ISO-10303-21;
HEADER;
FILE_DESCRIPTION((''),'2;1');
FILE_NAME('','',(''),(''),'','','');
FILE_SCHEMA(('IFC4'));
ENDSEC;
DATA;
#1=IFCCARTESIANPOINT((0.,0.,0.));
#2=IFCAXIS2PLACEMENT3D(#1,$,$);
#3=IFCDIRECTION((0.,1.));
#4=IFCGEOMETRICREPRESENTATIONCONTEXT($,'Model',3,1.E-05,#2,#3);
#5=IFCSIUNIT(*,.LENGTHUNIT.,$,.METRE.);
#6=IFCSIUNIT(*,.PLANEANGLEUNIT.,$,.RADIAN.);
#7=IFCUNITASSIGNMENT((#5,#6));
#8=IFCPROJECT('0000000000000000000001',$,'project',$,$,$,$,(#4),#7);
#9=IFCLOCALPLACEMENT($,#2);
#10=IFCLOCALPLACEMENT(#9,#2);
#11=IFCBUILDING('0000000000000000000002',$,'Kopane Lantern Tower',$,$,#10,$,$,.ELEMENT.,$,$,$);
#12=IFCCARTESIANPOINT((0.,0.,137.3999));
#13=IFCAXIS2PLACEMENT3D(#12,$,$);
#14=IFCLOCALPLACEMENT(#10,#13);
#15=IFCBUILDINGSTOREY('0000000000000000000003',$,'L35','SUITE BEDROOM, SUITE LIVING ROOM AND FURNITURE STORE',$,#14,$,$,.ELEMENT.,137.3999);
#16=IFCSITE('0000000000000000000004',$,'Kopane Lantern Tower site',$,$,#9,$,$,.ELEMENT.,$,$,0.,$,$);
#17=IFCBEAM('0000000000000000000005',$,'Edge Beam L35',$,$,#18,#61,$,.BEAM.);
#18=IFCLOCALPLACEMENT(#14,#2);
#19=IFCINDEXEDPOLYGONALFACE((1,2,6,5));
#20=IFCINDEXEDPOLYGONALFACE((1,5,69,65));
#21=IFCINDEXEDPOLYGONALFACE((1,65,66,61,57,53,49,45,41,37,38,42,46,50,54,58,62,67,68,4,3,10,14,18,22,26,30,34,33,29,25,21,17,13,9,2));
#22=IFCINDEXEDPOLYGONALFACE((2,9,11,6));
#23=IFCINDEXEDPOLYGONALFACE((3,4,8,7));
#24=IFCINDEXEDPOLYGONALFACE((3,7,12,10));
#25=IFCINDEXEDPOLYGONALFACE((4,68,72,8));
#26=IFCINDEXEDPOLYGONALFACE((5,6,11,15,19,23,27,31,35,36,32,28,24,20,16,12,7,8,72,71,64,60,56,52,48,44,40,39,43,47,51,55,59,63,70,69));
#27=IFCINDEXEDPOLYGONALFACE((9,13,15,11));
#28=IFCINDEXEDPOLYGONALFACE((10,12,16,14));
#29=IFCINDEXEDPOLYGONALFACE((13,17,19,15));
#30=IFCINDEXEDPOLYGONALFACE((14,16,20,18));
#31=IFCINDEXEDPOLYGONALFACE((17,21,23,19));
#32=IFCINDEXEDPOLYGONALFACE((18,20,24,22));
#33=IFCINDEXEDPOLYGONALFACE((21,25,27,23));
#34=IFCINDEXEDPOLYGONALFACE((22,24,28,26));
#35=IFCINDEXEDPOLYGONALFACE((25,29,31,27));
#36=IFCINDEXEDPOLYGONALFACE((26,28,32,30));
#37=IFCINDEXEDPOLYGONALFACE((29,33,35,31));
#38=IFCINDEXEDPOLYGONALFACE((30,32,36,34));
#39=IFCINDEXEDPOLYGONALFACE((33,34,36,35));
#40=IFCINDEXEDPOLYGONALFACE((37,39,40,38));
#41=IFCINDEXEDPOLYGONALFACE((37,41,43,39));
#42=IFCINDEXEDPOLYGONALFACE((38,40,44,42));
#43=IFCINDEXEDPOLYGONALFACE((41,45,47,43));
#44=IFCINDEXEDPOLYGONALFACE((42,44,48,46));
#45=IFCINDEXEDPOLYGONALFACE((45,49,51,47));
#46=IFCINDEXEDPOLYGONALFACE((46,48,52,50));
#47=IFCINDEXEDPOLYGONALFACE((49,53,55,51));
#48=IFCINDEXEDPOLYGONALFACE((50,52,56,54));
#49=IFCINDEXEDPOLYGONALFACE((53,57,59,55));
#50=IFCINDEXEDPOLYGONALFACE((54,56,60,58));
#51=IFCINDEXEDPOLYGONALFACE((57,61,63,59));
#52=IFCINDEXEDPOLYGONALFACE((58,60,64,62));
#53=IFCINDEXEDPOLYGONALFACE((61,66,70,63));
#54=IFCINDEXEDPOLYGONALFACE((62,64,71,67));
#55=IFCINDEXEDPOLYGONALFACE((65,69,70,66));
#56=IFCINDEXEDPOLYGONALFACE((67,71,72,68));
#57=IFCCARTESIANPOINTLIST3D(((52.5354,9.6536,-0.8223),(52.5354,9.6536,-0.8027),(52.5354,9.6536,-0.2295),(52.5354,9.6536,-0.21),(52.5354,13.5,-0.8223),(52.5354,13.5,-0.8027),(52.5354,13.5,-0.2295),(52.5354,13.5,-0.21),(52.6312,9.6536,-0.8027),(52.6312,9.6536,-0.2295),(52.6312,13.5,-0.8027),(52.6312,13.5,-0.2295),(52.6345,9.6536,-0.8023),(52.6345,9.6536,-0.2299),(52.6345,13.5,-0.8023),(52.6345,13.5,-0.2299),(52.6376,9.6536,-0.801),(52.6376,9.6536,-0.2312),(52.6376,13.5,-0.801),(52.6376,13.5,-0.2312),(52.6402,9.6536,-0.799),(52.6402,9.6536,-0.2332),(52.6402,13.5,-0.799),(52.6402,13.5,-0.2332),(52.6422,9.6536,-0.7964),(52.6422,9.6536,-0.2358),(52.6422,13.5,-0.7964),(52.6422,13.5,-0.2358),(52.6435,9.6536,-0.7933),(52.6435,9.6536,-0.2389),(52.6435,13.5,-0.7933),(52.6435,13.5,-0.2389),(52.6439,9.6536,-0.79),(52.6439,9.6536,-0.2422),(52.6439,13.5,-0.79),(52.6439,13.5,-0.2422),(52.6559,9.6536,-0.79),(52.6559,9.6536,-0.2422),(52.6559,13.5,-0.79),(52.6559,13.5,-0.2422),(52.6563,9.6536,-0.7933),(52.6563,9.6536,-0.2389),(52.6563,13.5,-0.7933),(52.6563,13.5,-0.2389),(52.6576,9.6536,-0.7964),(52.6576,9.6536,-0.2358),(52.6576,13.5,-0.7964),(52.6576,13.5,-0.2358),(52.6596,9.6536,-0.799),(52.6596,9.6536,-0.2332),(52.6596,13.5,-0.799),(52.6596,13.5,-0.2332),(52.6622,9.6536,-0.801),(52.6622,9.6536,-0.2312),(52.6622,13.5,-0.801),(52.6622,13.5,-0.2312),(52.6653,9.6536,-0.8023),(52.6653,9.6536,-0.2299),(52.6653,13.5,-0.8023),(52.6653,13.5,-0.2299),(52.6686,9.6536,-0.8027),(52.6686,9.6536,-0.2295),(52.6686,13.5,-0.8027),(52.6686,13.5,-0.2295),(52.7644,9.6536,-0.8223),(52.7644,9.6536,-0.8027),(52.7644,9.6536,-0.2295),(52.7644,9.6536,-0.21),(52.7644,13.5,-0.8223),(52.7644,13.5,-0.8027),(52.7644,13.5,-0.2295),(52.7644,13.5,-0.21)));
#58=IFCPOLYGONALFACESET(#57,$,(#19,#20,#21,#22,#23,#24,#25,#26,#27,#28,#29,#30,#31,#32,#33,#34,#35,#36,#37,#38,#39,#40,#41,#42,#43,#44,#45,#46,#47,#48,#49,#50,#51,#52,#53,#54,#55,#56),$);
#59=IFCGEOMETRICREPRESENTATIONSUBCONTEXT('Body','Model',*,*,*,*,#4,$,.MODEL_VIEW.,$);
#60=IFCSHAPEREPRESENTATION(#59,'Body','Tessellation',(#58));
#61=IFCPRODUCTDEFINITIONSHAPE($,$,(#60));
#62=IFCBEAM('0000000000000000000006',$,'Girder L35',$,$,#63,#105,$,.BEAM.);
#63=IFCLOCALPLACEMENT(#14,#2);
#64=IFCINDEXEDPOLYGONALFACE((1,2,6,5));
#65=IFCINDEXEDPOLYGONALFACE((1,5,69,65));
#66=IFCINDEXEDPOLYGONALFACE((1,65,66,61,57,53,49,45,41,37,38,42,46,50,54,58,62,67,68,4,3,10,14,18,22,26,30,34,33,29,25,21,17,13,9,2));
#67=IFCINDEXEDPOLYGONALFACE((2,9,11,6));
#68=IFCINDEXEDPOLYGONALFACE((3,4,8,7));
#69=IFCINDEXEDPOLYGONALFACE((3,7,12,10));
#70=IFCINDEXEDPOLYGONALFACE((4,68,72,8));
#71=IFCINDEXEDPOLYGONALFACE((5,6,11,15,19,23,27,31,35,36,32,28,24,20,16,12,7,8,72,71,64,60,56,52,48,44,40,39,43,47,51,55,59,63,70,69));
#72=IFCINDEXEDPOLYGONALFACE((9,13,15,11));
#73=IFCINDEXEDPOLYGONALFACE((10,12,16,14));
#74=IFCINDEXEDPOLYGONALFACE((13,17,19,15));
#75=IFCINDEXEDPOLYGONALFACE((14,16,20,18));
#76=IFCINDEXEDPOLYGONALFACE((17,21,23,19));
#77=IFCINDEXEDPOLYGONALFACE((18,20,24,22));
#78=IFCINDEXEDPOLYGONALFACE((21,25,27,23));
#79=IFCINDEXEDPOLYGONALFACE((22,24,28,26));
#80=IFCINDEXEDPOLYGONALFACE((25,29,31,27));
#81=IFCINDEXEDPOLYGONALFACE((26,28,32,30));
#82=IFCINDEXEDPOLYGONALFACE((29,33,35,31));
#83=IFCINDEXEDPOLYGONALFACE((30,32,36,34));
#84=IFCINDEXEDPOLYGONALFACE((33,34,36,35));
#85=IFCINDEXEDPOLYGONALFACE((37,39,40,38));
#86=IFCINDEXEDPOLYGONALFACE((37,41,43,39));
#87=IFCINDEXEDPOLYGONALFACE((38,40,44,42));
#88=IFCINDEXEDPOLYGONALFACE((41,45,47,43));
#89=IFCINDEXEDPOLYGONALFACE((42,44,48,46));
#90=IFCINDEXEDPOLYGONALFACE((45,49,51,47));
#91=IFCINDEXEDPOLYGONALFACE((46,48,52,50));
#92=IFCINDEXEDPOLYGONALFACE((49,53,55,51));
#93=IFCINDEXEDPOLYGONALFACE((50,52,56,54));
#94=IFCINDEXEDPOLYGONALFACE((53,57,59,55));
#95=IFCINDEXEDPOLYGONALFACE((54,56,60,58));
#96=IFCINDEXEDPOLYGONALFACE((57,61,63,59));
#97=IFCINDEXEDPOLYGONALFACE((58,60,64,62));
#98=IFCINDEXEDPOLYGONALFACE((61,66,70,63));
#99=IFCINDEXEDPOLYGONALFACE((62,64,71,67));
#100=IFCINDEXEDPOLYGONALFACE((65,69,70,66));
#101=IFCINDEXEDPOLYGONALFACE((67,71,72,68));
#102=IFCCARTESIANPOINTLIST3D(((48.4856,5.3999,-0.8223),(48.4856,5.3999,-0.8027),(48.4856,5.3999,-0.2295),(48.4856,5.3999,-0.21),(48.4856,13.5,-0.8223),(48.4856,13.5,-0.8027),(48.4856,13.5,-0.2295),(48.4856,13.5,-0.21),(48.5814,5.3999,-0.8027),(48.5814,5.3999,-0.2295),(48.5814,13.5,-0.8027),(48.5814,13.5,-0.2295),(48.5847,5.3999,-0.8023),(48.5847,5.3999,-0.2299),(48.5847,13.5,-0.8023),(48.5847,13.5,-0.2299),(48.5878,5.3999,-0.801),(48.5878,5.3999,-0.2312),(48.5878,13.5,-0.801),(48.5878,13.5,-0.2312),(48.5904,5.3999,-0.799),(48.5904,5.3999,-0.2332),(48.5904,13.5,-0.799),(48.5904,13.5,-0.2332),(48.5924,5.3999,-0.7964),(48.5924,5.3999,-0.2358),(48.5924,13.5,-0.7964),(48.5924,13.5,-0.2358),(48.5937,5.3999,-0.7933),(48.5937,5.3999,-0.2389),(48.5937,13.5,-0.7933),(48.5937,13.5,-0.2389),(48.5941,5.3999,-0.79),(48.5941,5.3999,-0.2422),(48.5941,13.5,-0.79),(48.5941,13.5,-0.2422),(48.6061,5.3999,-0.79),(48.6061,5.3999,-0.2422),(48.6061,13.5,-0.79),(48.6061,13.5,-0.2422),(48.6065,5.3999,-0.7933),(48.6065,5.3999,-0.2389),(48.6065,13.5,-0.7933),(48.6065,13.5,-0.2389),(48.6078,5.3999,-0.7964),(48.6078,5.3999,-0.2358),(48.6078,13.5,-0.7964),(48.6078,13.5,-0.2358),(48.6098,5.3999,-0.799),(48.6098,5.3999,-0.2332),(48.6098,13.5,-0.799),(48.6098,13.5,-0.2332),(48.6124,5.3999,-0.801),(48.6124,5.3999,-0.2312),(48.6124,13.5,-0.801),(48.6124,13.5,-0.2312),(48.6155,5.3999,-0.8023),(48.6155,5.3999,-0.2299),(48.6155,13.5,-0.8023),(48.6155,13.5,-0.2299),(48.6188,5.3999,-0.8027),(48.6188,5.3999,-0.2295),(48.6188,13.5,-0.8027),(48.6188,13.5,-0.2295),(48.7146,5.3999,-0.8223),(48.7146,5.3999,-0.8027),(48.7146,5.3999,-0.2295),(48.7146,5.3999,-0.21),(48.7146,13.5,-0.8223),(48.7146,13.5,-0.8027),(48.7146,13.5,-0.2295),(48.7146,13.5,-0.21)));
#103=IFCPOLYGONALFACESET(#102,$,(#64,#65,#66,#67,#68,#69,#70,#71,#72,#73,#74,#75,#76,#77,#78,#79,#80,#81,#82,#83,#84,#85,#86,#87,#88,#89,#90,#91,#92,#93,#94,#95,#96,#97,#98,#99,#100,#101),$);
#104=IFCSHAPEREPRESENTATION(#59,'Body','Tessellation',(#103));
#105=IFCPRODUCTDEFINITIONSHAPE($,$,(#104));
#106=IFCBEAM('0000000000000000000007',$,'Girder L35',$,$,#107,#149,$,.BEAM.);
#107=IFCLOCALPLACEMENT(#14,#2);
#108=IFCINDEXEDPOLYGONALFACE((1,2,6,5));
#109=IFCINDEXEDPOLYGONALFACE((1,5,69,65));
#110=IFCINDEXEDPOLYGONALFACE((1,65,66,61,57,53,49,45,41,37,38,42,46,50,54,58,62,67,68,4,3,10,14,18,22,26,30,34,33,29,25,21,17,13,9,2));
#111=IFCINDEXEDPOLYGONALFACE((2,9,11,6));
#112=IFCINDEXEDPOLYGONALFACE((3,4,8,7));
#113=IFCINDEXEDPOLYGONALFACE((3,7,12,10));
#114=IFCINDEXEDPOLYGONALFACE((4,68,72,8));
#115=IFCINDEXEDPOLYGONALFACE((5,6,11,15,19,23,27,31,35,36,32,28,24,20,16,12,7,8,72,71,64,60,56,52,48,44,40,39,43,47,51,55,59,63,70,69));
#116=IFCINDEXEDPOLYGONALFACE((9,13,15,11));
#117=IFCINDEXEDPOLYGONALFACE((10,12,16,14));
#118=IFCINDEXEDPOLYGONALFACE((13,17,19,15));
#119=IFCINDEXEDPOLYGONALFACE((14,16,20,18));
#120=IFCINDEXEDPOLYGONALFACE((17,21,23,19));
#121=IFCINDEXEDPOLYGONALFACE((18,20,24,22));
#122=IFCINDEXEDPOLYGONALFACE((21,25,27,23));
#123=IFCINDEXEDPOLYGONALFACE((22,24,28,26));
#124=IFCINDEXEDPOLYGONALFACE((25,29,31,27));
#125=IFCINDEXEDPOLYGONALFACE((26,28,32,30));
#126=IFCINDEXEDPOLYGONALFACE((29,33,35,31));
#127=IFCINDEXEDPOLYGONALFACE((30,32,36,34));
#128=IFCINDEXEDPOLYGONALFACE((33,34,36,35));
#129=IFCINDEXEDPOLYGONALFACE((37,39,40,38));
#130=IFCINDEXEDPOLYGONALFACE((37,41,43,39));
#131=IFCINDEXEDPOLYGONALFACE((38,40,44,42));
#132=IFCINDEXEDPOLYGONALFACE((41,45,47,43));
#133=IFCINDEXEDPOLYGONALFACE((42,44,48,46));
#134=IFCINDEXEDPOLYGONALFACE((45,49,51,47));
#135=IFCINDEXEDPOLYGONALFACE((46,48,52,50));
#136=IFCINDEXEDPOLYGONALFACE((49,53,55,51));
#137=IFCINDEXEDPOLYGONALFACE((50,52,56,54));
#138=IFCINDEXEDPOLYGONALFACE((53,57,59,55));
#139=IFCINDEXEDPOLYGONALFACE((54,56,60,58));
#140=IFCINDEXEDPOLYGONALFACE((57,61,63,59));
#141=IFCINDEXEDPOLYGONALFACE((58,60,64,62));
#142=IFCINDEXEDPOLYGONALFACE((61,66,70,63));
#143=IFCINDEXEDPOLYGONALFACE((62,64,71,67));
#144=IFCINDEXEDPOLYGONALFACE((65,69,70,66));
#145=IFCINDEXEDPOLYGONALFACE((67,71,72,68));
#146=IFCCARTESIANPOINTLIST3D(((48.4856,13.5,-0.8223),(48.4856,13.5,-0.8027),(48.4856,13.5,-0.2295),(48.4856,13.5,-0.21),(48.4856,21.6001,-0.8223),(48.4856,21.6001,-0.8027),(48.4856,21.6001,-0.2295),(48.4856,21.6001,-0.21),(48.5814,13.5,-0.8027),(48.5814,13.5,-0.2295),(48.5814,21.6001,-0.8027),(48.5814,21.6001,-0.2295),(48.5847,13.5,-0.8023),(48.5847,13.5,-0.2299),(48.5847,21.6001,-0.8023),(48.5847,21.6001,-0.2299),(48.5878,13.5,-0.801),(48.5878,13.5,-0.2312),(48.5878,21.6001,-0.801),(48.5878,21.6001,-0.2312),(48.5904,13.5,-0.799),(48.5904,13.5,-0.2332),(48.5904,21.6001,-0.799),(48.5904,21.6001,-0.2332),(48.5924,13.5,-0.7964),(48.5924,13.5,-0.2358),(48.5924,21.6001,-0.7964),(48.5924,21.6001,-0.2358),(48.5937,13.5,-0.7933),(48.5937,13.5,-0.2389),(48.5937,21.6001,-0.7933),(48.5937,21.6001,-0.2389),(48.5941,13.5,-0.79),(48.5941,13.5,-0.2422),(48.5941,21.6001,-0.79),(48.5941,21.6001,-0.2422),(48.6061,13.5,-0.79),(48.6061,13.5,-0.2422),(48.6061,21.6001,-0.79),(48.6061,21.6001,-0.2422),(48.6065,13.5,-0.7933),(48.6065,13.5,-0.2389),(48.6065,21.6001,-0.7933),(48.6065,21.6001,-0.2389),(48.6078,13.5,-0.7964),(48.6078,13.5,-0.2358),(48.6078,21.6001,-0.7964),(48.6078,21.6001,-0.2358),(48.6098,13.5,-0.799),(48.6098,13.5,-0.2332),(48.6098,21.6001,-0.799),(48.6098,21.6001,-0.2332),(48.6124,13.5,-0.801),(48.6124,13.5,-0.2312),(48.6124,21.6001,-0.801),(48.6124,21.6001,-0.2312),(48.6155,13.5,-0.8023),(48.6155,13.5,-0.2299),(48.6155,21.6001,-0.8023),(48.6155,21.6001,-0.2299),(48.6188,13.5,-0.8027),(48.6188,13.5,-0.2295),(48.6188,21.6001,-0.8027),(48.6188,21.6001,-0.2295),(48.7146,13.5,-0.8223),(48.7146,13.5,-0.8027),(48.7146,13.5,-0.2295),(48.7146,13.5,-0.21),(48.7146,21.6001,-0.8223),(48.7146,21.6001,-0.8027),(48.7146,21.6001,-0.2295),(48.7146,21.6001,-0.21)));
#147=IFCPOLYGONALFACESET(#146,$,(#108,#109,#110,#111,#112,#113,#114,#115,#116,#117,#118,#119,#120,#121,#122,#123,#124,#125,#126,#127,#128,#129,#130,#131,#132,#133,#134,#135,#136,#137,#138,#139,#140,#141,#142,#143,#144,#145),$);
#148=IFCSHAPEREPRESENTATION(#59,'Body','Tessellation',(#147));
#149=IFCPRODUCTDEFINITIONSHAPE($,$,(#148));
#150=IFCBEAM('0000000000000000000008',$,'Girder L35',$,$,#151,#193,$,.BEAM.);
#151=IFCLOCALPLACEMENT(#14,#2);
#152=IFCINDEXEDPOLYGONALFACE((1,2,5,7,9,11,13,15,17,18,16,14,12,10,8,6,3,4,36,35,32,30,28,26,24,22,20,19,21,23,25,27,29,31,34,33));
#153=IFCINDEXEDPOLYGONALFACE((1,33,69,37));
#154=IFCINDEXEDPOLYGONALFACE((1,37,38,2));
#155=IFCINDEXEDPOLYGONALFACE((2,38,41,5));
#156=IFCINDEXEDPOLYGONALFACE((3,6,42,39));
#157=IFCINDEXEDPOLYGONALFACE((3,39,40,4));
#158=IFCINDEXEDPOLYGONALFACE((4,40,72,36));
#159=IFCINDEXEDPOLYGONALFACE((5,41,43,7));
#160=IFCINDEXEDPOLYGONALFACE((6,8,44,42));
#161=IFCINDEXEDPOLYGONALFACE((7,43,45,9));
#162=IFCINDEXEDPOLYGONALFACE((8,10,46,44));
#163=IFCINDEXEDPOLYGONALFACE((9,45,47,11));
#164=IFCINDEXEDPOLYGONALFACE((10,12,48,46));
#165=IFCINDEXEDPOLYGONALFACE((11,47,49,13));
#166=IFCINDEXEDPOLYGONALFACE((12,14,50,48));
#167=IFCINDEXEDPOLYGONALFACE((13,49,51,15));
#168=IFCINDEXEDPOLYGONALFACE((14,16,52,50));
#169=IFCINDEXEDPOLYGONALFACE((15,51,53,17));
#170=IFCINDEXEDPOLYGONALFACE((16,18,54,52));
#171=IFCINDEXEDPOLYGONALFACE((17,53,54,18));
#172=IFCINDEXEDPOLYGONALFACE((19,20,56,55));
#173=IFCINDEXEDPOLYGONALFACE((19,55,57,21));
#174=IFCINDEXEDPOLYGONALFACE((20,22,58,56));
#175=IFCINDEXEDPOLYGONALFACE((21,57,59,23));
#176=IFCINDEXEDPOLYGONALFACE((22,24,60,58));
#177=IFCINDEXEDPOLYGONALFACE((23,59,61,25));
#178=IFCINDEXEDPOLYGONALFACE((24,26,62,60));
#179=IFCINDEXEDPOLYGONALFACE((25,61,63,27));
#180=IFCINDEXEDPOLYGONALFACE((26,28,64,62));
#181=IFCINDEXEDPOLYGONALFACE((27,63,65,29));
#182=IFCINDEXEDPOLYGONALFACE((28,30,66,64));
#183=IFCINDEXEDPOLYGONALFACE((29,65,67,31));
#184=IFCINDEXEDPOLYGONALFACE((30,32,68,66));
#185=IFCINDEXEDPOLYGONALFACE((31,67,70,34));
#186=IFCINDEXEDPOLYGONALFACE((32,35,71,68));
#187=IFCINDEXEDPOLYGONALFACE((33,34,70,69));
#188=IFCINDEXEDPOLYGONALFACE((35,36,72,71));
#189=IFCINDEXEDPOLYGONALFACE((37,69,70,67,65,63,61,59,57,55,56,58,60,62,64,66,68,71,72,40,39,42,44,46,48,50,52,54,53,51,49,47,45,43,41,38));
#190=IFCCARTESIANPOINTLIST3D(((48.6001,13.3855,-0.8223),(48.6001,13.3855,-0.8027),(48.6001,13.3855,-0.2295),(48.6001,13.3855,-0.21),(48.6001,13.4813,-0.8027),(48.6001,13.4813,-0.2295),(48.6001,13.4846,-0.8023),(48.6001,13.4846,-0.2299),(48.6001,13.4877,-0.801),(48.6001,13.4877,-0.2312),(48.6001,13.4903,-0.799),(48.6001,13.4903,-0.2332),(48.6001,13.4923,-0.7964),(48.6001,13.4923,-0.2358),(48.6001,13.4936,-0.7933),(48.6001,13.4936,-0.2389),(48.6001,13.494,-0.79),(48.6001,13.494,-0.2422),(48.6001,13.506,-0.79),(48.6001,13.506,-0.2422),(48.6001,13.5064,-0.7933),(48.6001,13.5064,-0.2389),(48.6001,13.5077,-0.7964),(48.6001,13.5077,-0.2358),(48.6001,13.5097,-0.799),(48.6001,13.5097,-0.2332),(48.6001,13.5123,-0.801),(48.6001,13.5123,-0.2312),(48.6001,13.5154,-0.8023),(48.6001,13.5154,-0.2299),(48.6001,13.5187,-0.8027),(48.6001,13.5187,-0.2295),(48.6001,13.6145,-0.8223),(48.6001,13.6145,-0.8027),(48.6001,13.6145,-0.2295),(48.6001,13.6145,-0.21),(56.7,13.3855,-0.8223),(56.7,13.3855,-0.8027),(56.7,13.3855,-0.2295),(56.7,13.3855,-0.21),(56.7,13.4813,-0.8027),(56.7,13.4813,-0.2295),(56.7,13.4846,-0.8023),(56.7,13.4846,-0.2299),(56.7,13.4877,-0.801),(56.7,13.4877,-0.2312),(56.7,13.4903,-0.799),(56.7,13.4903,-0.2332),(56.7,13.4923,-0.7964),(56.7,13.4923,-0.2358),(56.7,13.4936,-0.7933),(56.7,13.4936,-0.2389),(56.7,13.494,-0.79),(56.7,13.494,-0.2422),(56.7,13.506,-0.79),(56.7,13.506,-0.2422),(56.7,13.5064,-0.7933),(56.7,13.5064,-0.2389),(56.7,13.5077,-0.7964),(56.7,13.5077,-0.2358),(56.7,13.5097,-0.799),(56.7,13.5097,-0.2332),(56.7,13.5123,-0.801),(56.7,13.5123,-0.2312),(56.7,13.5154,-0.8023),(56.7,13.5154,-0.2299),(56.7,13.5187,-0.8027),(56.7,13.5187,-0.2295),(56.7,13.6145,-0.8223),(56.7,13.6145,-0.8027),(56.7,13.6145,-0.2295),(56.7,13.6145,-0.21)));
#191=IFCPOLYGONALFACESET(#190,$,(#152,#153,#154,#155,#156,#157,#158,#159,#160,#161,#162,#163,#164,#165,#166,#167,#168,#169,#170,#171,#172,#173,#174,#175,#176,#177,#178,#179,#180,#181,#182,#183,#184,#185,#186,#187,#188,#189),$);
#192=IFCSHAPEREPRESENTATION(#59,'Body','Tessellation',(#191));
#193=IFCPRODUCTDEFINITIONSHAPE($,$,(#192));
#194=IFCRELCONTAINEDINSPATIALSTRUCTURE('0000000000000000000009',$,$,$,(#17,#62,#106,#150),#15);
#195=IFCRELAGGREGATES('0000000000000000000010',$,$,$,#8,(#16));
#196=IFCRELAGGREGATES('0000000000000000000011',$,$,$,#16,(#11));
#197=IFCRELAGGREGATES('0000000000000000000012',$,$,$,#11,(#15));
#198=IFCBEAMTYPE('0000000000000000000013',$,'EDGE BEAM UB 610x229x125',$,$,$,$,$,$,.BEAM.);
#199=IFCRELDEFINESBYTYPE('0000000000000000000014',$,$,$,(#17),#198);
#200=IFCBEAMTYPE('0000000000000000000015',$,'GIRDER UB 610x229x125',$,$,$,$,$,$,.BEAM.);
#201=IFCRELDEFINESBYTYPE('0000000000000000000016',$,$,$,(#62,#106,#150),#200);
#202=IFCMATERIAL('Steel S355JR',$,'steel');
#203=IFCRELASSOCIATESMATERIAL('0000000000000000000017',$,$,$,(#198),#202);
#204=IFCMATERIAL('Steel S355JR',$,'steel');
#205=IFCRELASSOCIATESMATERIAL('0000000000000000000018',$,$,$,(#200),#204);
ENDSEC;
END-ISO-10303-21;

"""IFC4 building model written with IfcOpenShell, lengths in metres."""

from ifc_helpers import new_model, si_unit, direction, frame, origin, origin_2d, place, context, subcontext, project, spatial, i_section, extrude, material, material_profile, profile_set, type_object, element, save


model = new_model("IFC4")

# Units and contexts
model_context = context("Model", 3, precision=1e-05, world=origin(), true_north=direction((0.0, 1.0)))
body_context = subcontext(model_context, "Body", "Model", "MODEL_VIEW")
ifc_project = project(units=[si_unit("LENGTHUNIT", "METRE"), si_unit("PLANEANGLEUNIT", "RADIAN")], contexts=[model_context])

# Site, building, storey
site_placement = place(None, origin())
site = spatial("IfcSite", under=ifc_project, at=site_placement, Name="Kopane Lantern Tower site", CompositionType="ELEMENT", RefElevation=0.0)
building_placement = place(site_placement, origin())
building = spatial("IfcBuilding", under=site, at=building_placement, Name="Kopane Lantern Tower", CompositionType="ELEMENT")
storey_placement = place(building_placement, frame((0.0, 0.0, 137.3999)))
storey = spatial("IfcBuildingStorey", under=building, at=storey_placement, Name="L35", Description="SUITE BEDROOM, SUITE LIVING ROOM AND FURNITURE STORE", CompositionType="ELEMENT", Elevation=137.3999)

# Beams
ifc_material_1 = material(Name="Steel S355JR", Category="steel")
ifc_material_profile_1 = material_profile(ifc_material_1, i_section(OverallWidth=0.229, OverallDepth=0.6123, WebThickness=0.012, FlangeThickness=0.0195, FilletRadius=0.0127, at=origin_2d()), Name="UB 610x229x125")
ifc_profile_set_1 = profile_set([ifc_material_profile_1], Name="Steel S355JR")
beam_type_1 = type_object("IfcBeamType", Name="EDGE BEAM UB 610x229x125", PredefinedType="BEAM", material=ifc_profile_set_1)
for number, where, z_axis, x_axis, name in (
    (1, (52.6499, 9.6536, -0.5161), (0.0, 1.0, 0.0), (-1.0, 0.0, 0.0), "Edge Beam L35"),
):
    element("IfcBeam", number, at=place(storey_placement, frame(where, z_axis=z_axis, x_axis=x_axis)), inside=storey, type_object=beam_type_1, Name=name, PredefinedType="BEAM", context=body_context, shape_type="SweptSolid", body=[
        extrude(i_section(OverallWidth=0.229, OverallDepth=0.6123, WebThickness=0.012, FlangeThickness=0.0195, FilletRadius=0.0127, at=origin_2d()), origin(), (0.0, 0.0, 1.0), 3.8464),
    ])
ifc_material_2 = material(Name="Steel S355JR", Category="steel")
ifc_material_profile_2 = material_profile(ifc_material_2, i_section(OverallWidth=0.229, OverallDepth=0.6123, WebThickness=0.012, FlangeThickness=0.0195, FilletRadius=0.0127, at=origin_2d()), Name="UB 610x229x125")
ifc_profile_set_2 = profile_set([ifc_material_profile_2], Name="Steel S355JR")
beam_type_2 = type_object("IfcBeamType", Name="GIRDER UB 610x229x125", PredefinedType="BEAM", material=ifc_profile_set_2)
for number, where, z_axis, x_axis, name in (
    (2, (48.6001, 5.3999, -0.5161), (0.0, 1.0, 0.0), (-1.0, 0.0, 0.0), "Girder L35"),
    (3, (48.6001, 13.5, -0.5161), (0.0, 1.0, 0.0), (-1.0, 0.0, 0.0), "Girder L35"),
):
    element("IfcBeam", number, at=place(storey_placement, frame(where, z_axis=z_axis, x_axis=x_axis)), inside=storey, type_object=beam_type_2, Name=name, PredefinedType="BEAM", context=body_context, shape_type="SweptSolid", body=[
        extrude(i_section(OverallWidth=0.229, OverallDepth=0.6123, WebThickness=0.012, FlangeThickness=0.0195, FilletRadius=0.0127, at=origin_2d()), origin(), (0.0, 0.0, 1.0), 8.1001),
    ])
beam_1_placement = place(storey_placement, frame((48.6001, 13.5, -0.5161), z_axis=(1.0, 0.0, 0.0), x_axis=(0.0, 1.0, 0.0)))
element("IfcBeam", 4, at=beam_1_placement, inside=storey, type_object=beam_type_2, Name="Girder L35", PredefinedType="BEAM", context=body_context, shape_type="SweptSolid", body=[
    extrude(i_section(OverallWidth=0.229, OverallDepth=0.6123, WebThickness=0.012, FlangeThickness=0.0195, FilletRadius=0.0127, at=origin_2d()), origin(), (0.0, 0.0, 1.0), 8.0999),
])

save(model, "model.ifc")
